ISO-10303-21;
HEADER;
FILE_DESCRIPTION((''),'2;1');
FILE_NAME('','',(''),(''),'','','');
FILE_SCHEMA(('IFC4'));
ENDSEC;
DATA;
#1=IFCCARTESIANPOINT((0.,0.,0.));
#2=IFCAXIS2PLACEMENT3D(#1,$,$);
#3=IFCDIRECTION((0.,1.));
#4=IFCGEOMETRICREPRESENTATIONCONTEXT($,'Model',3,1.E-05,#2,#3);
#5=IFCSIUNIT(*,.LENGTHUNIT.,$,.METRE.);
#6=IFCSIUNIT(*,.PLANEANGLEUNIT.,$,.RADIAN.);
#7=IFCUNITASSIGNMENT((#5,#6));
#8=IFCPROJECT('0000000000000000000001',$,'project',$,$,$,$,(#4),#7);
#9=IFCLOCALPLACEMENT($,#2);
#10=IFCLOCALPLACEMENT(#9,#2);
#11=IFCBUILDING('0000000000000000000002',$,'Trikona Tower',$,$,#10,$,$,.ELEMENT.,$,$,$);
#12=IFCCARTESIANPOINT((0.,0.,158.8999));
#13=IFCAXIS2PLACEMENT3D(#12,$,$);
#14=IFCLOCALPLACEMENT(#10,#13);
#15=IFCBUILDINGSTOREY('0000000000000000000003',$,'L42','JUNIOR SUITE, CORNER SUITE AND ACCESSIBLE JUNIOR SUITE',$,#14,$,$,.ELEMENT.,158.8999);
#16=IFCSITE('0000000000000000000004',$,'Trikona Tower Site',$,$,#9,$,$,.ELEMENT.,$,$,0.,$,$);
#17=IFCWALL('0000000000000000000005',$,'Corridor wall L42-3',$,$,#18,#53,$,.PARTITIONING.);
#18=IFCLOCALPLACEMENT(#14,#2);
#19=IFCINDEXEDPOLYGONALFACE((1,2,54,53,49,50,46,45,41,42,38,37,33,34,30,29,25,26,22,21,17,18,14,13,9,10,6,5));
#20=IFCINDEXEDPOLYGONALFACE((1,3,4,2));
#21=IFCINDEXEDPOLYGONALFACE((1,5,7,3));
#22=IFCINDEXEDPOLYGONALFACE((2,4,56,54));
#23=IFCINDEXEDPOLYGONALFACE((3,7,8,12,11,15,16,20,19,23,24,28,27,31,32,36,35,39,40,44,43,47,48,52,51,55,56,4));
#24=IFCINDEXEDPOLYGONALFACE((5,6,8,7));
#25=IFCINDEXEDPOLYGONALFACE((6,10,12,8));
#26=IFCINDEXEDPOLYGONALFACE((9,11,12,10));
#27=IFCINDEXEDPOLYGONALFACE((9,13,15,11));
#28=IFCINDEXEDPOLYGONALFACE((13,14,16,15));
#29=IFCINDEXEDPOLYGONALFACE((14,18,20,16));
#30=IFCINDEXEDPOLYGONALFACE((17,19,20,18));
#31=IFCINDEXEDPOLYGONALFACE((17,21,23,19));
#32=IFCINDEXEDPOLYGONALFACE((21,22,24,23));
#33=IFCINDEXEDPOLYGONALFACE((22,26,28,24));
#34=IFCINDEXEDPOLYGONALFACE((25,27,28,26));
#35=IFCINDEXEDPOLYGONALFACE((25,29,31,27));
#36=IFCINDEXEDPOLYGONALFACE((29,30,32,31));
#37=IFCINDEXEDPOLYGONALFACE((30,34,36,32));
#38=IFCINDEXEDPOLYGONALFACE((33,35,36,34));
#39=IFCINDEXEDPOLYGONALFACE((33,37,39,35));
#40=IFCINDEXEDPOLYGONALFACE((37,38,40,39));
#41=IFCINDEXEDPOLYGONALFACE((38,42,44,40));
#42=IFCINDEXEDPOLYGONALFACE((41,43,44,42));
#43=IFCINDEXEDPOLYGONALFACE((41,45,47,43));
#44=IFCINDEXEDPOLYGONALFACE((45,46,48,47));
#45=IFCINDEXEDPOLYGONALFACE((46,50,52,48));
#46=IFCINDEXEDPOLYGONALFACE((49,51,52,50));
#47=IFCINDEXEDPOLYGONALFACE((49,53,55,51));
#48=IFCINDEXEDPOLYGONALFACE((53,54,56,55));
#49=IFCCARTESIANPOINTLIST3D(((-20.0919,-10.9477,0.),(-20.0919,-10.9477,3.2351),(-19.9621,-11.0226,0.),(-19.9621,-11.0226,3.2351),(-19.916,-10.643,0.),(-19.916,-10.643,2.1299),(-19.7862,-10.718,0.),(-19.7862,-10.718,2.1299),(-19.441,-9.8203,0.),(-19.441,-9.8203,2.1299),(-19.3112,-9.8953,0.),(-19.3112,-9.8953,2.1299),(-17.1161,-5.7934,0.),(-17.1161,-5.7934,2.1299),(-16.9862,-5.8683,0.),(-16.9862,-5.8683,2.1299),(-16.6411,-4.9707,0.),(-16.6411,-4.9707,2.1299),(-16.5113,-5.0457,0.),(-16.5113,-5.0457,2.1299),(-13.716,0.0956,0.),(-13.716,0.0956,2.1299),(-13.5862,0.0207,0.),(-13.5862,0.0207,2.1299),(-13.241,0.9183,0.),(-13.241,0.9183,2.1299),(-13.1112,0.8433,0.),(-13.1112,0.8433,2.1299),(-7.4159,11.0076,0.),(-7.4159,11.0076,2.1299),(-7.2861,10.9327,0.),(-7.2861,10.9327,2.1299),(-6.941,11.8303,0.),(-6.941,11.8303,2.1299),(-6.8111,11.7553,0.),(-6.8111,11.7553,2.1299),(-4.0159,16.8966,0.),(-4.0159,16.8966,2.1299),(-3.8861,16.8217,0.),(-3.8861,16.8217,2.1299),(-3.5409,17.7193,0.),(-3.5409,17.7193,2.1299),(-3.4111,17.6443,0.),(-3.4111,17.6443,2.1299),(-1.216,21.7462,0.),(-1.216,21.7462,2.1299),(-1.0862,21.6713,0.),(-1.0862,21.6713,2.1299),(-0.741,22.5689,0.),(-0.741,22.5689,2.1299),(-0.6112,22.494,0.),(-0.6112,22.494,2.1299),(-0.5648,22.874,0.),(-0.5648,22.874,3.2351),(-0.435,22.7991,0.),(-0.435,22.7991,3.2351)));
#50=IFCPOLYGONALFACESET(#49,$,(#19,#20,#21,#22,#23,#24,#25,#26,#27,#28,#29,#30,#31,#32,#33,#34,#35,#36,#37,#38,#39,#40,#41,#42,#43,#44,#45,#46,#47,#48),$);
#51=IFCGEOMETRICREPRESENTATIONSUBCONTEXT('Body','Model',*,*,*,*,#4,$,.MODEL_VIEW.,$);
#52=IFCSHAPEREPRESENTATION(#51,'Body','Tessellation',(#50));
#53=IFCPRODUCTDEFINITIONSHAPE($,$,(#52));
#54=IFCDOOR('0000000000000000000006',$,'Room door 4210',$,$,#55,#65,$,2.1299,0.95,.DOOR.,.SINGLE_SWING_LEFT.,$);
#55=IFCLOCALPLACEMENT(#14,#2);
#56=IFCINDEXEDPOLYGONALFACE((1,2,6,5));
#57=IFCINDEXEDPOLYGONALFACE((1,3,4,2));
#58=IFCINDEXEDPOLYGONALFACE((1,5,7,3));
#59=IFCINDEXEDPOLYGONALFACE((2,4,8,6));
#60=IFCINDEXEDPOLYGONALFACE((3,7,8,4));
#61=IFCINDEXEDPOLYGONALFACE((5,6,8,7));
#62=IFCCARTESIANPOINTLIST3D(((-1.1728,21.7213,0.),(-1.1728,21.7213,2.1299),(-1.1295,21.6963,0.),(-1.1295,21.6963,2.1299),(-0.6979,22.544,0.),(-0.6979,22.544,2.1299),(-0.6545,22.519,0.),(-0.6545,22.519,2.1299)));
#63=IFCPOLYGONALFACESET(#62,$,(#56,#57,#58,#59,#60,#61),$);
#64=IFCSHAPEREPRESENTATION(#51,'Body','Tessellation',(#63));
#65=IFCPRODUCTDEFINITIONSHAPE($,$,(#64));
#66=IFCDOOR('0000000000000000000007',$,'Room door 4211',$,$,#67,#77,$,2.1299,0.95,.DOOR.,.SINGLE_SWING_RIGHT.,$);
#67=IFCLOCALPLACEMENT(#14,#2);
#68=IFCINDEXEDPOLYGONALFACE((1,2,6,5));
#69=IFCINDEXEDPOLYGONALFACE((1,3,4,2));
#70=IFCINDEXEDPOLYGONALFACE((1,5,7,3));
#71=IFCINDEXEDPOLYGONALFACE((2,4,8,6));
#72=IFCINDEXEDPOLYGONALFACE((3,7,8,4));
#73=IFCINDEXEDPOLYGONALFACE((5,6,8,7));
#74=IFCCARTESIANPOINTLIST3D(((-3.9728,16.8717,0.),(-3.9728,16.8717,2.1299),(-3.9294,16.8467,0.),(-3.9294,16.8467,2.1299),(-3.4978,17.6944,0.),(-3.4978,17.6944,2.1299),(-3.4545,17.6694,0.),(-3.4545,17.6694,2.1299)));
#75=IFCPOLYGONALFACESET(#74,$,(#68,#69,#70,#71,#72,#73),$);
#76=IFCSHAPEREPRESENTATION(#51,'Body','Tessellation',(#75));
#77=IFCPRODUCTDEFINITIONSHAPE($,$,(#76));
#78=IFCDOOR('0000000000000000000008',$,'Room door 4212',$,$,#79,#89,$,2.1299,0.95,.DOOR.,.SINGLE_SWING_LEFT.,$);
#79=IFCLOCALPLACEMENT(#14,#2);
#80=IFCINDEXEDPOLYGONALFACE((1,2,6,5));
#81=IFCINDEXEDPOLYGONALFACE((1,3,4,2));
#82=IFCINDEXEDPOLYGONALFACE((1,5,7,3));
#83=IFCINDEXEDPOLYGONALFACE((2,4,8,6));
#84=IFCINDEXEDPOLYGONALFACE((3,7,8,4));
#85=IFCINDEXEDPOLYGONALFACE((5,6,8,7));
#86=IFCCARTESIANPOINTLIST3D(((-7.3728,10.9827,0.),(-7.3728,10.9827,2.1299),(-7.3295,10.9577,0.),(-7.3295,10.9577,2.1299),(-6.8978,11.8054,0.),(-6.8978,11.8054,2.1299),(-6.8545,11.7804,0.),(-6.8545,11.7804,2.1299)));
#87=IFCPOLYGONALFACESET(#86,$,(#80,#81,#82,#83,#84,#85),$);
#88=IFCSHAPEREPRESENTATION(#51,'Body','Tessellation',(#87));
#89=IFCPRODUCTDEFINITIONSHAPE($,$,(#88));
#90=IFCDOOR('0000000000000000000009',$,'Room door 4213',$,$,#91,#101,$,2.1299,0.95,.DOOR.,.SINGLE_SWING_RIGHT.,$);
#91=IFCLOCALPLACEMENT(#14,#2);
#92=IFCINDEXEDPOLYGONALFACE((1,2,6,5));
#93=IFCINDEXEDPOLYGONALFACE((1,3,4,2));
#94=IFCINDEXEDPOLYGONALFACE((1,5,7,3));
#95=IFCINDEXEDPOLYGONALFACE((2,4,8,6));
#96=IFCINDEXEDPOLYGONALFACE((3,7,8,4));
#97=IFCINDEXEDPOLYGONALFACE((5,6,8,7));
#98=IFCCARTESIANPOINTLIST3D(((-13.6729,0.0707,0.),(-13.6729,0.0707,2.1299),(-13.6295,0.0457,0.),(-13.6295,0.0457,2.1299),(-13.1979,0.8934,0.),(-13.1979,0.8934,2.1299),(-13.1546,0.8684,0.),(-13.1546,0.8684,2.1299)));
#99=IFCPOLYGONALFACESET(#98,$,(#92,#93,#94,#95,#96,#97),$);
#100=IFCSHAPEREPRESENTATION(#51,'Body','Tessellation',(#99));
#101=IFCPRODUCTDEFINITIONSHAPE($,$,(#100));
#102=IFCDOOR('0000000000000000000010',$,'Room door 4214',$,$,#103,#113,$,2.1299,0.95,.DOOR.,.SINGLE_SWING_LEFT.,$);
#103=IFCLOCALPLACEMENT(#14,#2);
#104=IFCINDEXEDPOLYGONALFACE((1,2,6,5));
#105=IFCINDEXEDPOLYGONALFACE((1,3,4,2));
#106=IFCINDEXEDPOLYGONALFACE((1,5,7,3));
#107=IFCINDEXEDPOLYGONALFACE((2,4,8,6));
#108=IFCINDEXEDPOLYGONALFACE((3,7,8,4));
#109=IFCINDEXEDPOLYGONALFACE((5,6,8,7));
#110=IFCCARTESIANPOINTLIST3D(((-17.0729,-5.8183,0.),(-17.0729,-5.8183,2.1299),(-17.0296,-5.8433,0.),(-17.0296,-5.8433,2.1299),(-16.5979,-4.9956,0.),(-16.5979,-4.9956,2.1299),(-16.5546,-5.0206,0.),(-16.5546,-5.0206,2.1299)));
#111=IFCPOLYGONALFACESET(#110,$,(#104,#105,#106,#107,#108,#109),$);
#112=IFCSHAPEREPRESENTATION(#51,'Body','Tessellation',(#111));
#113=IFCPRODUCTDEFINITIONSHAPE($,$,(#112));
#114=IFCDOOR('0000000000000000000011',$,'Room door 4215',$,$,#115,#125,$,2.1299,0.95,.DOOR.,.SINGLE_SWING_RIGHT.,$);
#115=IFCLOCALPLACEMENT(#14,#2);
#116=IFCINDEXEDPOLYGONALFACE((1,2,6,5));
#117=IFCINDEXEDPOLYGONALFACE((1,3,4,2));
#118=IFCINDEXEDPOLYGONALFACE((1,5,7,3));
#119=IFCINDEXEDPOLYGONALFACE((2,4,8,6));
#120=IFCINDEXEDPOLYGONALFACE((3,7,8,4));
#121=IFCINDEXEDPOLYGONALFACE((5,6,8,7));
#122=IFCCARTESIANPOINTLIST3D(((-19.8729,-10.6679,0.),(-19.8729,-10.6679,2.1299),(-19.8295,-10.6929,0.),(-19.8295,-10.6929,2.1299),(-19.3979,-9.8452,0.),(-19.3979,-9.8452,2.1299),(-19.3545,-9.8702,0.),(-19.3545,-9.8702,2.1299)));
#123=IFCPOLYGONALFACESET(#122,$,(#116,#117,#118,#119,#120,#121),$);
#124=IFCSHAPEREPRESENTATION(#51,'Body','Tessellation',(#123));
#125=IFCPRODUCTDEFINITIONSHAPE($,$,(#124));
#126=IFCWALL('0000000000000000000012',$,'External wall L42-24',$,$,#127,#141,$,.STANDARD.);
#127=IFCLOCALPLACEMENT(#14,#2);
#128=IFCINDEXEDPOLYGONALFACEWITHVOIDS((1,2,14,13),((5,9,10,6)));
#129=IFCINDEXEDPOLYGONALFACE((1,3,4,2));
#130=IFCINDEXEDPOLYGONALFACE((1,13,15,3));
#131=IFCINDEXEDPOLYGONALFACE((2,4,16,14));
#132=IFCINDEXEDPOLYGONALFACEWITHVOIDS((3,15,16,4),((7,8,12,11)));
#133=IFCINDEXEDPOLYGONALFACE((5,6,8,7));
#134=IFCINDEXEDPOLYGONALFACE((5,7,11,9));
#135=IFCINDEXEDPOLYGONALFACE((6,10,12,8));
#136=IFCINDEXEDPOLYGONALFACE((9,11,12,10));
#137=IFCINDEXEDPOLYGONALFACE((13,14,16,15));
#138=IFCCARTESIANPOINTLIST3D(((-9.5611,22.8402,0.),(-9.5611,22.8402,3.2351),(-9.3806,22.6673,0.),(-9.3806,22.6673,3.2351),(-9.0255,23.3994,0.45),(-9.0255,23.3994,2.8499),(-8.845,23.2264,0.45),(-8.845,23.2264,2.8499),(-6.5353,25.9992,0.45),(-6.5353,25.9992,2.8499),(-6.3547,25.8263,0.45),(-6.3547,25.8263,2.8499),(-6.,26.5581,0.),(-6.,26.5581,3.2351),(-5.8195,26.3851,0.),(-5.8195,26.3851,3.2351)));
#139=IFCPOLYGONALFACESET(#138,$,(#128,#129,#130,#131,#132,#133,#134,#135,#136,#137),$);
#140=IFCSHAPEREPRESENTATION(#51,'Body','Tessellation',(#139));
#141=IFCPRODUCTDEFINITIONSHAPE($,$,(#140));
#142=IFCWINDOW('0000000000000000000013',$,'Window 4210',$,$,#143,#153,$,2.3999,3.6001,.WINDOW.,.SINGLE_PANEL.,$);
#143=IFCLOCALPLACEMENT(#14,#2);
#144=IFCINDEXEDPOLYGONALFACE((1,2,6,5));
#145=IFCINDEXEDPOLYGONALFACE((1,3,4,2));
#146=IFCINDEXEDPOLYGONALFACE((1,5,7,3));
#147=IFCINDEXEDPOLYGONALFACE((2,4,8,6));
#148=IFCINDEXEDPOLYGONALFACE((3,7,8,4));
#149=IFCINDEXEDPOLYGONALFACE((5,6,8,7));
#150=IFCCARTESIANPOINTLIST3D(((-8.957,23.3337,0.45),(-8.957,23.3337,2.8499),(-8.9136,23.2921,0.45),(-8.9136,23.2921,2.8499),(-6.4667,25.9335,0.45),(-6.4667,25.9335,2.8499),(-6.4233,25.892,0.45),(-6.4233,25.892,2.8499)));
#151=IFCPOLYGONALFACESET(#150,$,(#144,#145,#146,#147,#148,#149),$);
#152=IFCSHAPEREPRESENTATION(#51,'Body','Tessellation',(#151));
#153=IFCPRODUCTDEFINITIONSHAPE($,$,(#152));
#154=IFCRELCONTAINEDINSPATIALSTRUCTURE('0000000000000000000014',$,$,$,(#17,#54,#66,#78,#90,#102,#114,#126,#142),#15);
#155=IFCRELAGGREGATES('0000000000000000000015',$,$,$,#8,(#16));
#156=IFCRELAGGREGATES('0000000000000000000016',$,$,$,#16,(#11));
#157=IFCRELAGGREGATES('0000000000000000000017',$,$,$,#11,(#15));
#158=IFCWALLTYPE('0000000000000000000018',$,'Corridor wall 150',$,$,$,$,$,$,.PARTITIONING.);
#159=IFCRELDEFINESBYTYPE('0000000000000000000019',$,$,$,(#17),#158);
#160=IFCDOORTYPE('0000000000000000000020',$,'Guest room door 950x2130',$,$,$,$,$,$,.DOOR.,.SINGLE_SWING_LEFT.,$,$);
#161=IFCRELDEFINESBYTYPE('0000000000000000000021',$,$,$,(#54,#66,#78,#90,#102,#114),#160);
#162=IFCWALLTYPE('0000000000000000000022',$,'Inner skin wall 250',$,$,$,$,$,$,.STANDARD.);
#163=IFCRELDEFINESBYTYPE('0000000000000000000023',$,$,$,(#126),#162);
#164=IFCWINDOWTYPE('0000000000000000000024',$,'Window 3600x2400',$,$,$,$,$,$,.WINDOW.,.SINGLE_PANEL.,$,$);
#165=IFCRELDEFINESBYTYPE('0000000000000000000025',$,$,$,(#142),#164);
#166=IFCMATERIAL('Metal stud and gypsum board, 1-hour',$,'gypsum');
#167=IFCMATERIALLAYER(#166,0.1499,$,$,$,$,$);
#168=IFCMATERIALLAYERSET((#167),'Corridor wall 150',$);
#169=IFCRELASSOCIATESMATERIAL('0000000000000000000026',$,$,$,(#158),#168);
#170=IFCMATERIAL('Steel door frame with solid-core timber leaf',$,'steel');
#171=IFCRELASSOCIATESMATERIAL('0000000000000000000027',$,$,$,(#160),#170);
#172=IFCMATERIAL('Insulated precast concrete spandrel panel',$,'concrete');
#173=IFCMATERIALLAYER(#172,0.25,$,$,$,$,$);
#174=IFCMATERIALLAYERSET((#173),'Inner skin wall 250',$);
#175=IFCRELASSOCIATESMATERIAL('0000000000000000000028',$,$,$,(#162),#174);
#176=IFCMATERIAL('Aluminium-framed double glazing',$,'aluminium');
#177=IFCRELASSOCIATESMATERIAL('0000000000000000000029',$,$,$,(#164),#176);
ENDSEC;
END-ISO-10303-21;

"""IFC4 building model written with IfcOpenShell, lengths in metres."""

from ifc_helpers import new_model, si_unit, direction, frame, frame_2d, origin, place, context, subcontext, project, spatial, rectangle, extrude, material, layer, layer_set, type_object, element, fill, save


model = new_model("IFC4")

# Units and contexts
model_context = context("Model", 3, precision=1e-05, world=origin(), true_north=direction((0.0, 1.0)))
body_context = subcontext(model_context, "Body", "Model", "MODEL_VIEW")
ifc_project = project(units=[si_unit("LENGTHUNIT", "METRE"), si_unit("PLANEANGLEUNIT", "RADIAN")], contexts=[model_context])

# Site, building, storey
site_placement = place(None, origin())
site = spatial("IfcSite", under=ifc_project, at=site_placement, Name="Trikona Tower Site", CompositionType="ELEMENT", RefElevation=0.0)
building_placement = place(site_placement, origin())
building = spatial("IfcBuilding", under=site, at=building_placement, Name="Trikona Tower", CompositionType="ELEMENT")
storey_placement = place(building_placement, frame((0.0, 0.0, 158.8999)))
storey = spatial("IfcBuildingStorey", under=building, at=storey_placement, Name="L42", Description="JUNIOR SUITE, CORNER SUITE AND ACCESSIBLE JUNIOR SUITE", CompositionType="ELEMENT", Elevation=158.8999)

# Wall, openings, doors
ifc_material_1 = material(Name="Metal stud and gypsum board, 1-hour", Category="gypsum")
ifc_layer_1 = layer(ifc_material_1, 0.1499)
ifc_layer_set_1 = layer_set([ifc_layer_1], Name="Corridor wall 150")
wall_type_1 = type_object("IfcWallType", Name="Corridor wall 150", PredefinedType="PARTITIONING", material=ifc_layer_set_1)
wall_1_placement = place(storey_placement, frame((-0.5, 22.8364, 0.0), z_axis=(0.0, 0.0, 1.0), x_axis=(-0.500002, -0.866024, 0.0)))
wall_1 = element("IfcWall", 1, at=wall_1_placement, inside=storey, type_object=wall_type_1, Name="Corridor wall L42-3", PredefinedType="PARTITIONING", context=body_context, shape_type="SweptSolid", body=[
    extrude(rectangle(XDim=39.054, YDim=0.1499, at=frame_2d((19.5269, 0.0))), origin(), (0.0, 0.0, 1.0), 3.2351),
])
opening_1_placement = place(wall_1_placement, frame((0.3521, 0.0, 0.0)))
opening_1 = element("IfcOpeningElement", 2, at=opening_1_placement, cuts=wall_1, PredefinedType="OPENING", context=body_context, shape_type="SweptSolid", body=[
    extrude(rectangle(XDim=0.95, YDim=2.1299, at=frame_2d((0.4751, 1.0649))), frame((0.0, 0.085, 0.0), z_axis=(0.0, -1.0, 0.0), x_axis=(1.0, 0.0, 0.0)), (0.0, 0.0, 1.0), 0.1699),
])
opening_2_placement = place(wall_1_placement, frame((5.9519, 0.0, 0.0)))
opening_2 = element("IfcOpeningElement", 3, at=opening_2_placement, cuts=wall_1, PredefinedType="OPENING", context=body_context, shape_type="SweptSolid", body=[
    extrude(rectangle(XDim=0.95, YDim=2.1299, at=frame_2d((0.4751, 1.0649))), frame((0.0, 0.085, 0.0), z_axis=(0.0, -1.0, 0.0), x_axis=(1.0, 0.0, 0.0)), (0.0, 0.0, 1.0), 0.1699),
])
opening_3_placement = place(wall_1_placement, frame((12.752, 0.0, 0.0)))
opening_3 = element("IfcOpeningElement", 4, at=opening_3_placement, cuts=wall_1, PredefinedType="OPENING", context=body_context, shape_type="SweptSolid", body=[
    extrude(rectangle(XDim=0.95, YDim=2.1299, at=frame_2d((0.4751, 1.0649))), frame((0.0, 0.085, 0.0), z_axis=(0.0, -1.0, 0.0), x_axis=(1.0, 0.0, 0.0)), (0.0, 0.0, 1.0), 0.1699),
])
opening_4_placement = place(wall_1_placement, frame((25.3521, 0.0, 0.0)))
opening_4 = element("IfcOpeningElement", 5, at=opening_4_placement, cuts=wall_1, PredefinedType="OPENING", context=body_context, shape_type="SweptSolid", body=[
    extrude(rectangle(XDim=0.95, YDim=2.1299, at=frame_2d((0.4751, 1.0649))), frame((0.0, 0.085, 0.0), z_axis=(0.0, -1.0, 0.0), x_axis=(1.0, 0.0, 0.0)), (0.0, 0.0, 1.0), 0.1699),
])
opening_5_placement = place(wall_1_placement, frame((32.1521, 0.0, 0.0)))
opening_5 = element("IfcOpeningElement", 6, at=opening_5_placement, cuts=wall_1, PredefinedType="OPENING", context=body_context, shape_type="SweptSolid", body=[
    extrude(rectangle(XDim=0.95, YDim=2.1299, at=frame_2d((0.4751, 1.0649))), frame((0.0, 0.085, 0.0), z_axis=(0.0, -1.0, 0.0), x_axis=(1.0, 0.0, 0.0)), (0.0, 0.0, 1.0), 0.1699),
])
opening_6_placement = place(wall_1_placement, frame((37.752, 0.0, 0.0)))
opening_6 = element("IfcOpeningElement", 7, at=opening_6_placement, cuts=wall_1, PredefinedType="OPENING", context=body_context, shape_type="SweptSolid", body=[
    extrude(rectangle(XDim=0.95, YDim=2.1299, at=frame_2d((0.4751, 1.0649))), frame((0.0, 0.085, 0.0), z_axis=(0.0, -1.0, 0.0), x_axis=(1.0, 0.0, 0.0)), (0.0, 0.0, 1.0), 0.1699),
])
ifc_material_2 = material(Name="Steel door frame with solid-core timber leaf", Category="steel")
door_type = type_object("IfcDoorType", Name="Guest room door 950x2130", OperationType="SINGLE_SWING_LEFT", PredefinedType="DOOR", material=ifc_material_2)
door_1_placement = place(opening_1_placement, origin())
door_1 = element("IfcDoor", 8, at=door_1_placement, inside=storey, type_object=door_type, Name="Room door 4210", OperationType="SINGLE_SWING_LEFT", OverallHeight=2.1299, OverallWidth=0.95, PredefinedType="DOOR", context=body_context, shape_type="SweptSolid", body=[
    extrude(rectangle(XDim=0.95, YDim=2.1299, at=frame_2d((0.4751, 1.0649))), frame((0.0, 0.0249, 0.0), z_axis=(0.0, -1.0, 0.0), x_axis=(1.0, 0.0, 0.0)), (0.0, 0.0, 1.0), 0.05),
])
fill(opening_1, door_1)
door_2_placement = place(opening_2_placement, origin())
door_2 = element("IfcDoor", 9, at=door_2_placement, inside=storey, type_object=door_type, Name="Room door 4211", OperationType="SINGLE_SWING_RIGHT", OverallHeight=2.1299, OverallWidth=0.95, PredefinedType="DOOR", context=body_context, shape_type="SweptSolid", body=[
    extrude(rectangle(XDim=0.95, YDim=2.1299, at=frame_2d((0.4751, 1.0649))), frame((0.0, 0.0249, 0.0), z_axis=(0.0, -1.0, 0.0), x_axis=(1.0, 0.0, 0.0)), (0.0, 0.0, 1.0), 0.05),
])
fill(opening_2, door_2)
door_3_placement = place(opening_3_placement, origin())
door_3 = element("IfcDoor", 10, at=door_3_placement, inside=storey, type_object=door_type, Name="Room door 4212", OperationType="SINGLE_SWING_LEFT", OverallHeight=2.1299, OverallWidth=0.95, PredefinedType="DOOR", context=body_context, shape_type="SweptSolid", body=[
    extrude(rectangle(XDim=0.95, YDim=2.1299, at=frame_2d((0.4751, 1.0649))), frame((0.0, 0.0249, 0.0), z_axis=(0.0, -1.0, 0.0), x_axis=(1.0, 0.0, 0.0)), (0.0, 0.0, 1.0), 0.05),
])
fill(opening_3, door_3)
door_4_placement = place(opening_4_placement, origin())
door_4 = element("IfcDoor", 11, at=door_4_placement, inside=storey, type_object=door_type, Name="Room door 4213", OperationType="SINGLE_SWING_RIGHT", OverallHeight=2.1299, OverallWidth=0.95, PredefinedType="DOOR", context=body_context, shape_type="SweptSolid", body=[
    extrude(rectangle(XDim=0.95, YDim=2.1299, at=frame_2d((0.4751, 1.0649))), frame((0.0, 0.0249, 0.0), z_axis=(0.0, -1.0, 0.0), x_axis=(1.0, 0.0, 0.0)), (0.0, 0.0, 1.0), 0.05),
])
fill(opening_4, door_4)
door_5_placement = place(opening_5_placement, origin())
door_5 = element("IfcDoor", 12, at=door_5_placement, inside=storey, type_object=door_type, Name="Room door 4214", OperationType="SINGLE_SWING_LEFT", OverallHeight=2.1299, OverallWidth=0.95, PredefinedType="DOOR", context=body_context, shape_type="SweptSolid", body=[
    extrude(rectangle(XDim=0.95, YDim=2.1299, at=frame_2d((0.4751, 1.0649))), frame((0.0, 0.0249, 0.0), z_axis=(0.0, -1.0, 0.0), x_axis=(1.0, 0.0, 0.0)), (0.0, 0.0, 1.0), 0.05),
])
fill(opening_5, door_5)
door_6_placement = place(opening_6_placement, origin())
door_6 = element("IfcDoor", 13, at=door_6_placement, inside=storey, type_object=door_type, Name="Room door 4215", OperationType="SINGLE_SWING_RIGHT", OverallHeight=2.1299, OverallWidth=0.95, PredefinedType="DOOR", context=body_context, shape_type="SweptSolid", body=[
    extrude(rectangle(XDim=0.95, YDim=2.1299, at=frame_2d((0.4751, 1.0649))), frame((0.0, 0.0249, 0.0), z_axis=(0.0, -1.0, 0.0), x_axis=(1.0, 0.0, 0.0)), (0.0, 0.0, 1.0), 0.05),
])
fill(opening_6, door_6)

# Wall, opening, window
ifc_material_3 = material(Name="Insulated precast concrete spandrel panel", Category="concrete")
ifc_layer_2 = layer(ifc_material_3, 0.25)
ifc_layer_set_2 = layer_set([ifc_layer_2], Name="Inner skin wall 250")
wall_type_2 = type_object("IfcWallType", Name="Inner skin wall 250", PredefinedType="STANDARD", material=ifc_layer_set_2)
wall_2_placement = place(storey_placement, frame((-5.9097, 26.4717, 0.0), z_axis=(0.0, 0.0, 1.0), x_axis=(-0.69172, -0.722166, 0.0)))
wall_2 = element("IfcWall", 14, at=wall_2_placement, inside=storey, type_object=wall_type_2, Name="External wall L42-24", PredefinedType="STANDARD", context=body_context, shape_type="SweptSolid", body=[
    extrude(rectangle(XDim=5.1482, YDim=0.25, at=frame_2d((2.5742, 0.0))), origin(), (0.0, 0.0, 1.0), 3.2351),
])
opening_7_placement = place(wall_2_placement, frame((0.7739, 0.0, 0.45)))
opening_7 = element("IfcOpeningElement", 15, at=opening_7_placement, cuts=wall_2, PredefinedType="OPENING", context=body_context, shape_type="SweptSolid", body=[
    extrude(rectangle(XDim=3.6001, YDim=2.3999, at=frame_2d((1.8, 1.2))), frame((0.0, 0.135, 0.0), z_axis=(0.0, -1.0, 0.0), x_axis=(1.0, 0.0, 0.0)), (0.0, 0.0, 1.0), 0.27),
])
ifc_material_4 = material(Name="Aluminium-framed double glazing", Category="aluminium")
window_type_1 = type_object("IfcWindowType", Name="Window 3600x2400", PartitioningType="SINGLE_PANEL", PredefinedType="WINDOW", material=ifc_material_4)
window_1_placement = place(opening_7_placement, origin())
window_1 = element("IfcWindow", 16, at=window_1_placement, inside=storey, type_object=window_type_1, Name="Window 4210", OverallHeight=2.3999, OverallWidth=3.6001, PartitioningType="SINGLE_PANEL", PredefinedType="WINDOW", context=body_context, shape_type="SweptSolid", body=[
    extrude(rectangle(XDim=3.6001, YDim=2.3999, at=frame_2d((1.8, 1.2))), frame((0.0, 0.03, 0.0), z_axis=(0.0, -1.0, 0.0), x_axis=(1.0, 0.0, 0.0)), (0.0, 0.0, 1.0), 0.0601),
])
fill(opening_7, window_1)

save(model, "model.ifc")
